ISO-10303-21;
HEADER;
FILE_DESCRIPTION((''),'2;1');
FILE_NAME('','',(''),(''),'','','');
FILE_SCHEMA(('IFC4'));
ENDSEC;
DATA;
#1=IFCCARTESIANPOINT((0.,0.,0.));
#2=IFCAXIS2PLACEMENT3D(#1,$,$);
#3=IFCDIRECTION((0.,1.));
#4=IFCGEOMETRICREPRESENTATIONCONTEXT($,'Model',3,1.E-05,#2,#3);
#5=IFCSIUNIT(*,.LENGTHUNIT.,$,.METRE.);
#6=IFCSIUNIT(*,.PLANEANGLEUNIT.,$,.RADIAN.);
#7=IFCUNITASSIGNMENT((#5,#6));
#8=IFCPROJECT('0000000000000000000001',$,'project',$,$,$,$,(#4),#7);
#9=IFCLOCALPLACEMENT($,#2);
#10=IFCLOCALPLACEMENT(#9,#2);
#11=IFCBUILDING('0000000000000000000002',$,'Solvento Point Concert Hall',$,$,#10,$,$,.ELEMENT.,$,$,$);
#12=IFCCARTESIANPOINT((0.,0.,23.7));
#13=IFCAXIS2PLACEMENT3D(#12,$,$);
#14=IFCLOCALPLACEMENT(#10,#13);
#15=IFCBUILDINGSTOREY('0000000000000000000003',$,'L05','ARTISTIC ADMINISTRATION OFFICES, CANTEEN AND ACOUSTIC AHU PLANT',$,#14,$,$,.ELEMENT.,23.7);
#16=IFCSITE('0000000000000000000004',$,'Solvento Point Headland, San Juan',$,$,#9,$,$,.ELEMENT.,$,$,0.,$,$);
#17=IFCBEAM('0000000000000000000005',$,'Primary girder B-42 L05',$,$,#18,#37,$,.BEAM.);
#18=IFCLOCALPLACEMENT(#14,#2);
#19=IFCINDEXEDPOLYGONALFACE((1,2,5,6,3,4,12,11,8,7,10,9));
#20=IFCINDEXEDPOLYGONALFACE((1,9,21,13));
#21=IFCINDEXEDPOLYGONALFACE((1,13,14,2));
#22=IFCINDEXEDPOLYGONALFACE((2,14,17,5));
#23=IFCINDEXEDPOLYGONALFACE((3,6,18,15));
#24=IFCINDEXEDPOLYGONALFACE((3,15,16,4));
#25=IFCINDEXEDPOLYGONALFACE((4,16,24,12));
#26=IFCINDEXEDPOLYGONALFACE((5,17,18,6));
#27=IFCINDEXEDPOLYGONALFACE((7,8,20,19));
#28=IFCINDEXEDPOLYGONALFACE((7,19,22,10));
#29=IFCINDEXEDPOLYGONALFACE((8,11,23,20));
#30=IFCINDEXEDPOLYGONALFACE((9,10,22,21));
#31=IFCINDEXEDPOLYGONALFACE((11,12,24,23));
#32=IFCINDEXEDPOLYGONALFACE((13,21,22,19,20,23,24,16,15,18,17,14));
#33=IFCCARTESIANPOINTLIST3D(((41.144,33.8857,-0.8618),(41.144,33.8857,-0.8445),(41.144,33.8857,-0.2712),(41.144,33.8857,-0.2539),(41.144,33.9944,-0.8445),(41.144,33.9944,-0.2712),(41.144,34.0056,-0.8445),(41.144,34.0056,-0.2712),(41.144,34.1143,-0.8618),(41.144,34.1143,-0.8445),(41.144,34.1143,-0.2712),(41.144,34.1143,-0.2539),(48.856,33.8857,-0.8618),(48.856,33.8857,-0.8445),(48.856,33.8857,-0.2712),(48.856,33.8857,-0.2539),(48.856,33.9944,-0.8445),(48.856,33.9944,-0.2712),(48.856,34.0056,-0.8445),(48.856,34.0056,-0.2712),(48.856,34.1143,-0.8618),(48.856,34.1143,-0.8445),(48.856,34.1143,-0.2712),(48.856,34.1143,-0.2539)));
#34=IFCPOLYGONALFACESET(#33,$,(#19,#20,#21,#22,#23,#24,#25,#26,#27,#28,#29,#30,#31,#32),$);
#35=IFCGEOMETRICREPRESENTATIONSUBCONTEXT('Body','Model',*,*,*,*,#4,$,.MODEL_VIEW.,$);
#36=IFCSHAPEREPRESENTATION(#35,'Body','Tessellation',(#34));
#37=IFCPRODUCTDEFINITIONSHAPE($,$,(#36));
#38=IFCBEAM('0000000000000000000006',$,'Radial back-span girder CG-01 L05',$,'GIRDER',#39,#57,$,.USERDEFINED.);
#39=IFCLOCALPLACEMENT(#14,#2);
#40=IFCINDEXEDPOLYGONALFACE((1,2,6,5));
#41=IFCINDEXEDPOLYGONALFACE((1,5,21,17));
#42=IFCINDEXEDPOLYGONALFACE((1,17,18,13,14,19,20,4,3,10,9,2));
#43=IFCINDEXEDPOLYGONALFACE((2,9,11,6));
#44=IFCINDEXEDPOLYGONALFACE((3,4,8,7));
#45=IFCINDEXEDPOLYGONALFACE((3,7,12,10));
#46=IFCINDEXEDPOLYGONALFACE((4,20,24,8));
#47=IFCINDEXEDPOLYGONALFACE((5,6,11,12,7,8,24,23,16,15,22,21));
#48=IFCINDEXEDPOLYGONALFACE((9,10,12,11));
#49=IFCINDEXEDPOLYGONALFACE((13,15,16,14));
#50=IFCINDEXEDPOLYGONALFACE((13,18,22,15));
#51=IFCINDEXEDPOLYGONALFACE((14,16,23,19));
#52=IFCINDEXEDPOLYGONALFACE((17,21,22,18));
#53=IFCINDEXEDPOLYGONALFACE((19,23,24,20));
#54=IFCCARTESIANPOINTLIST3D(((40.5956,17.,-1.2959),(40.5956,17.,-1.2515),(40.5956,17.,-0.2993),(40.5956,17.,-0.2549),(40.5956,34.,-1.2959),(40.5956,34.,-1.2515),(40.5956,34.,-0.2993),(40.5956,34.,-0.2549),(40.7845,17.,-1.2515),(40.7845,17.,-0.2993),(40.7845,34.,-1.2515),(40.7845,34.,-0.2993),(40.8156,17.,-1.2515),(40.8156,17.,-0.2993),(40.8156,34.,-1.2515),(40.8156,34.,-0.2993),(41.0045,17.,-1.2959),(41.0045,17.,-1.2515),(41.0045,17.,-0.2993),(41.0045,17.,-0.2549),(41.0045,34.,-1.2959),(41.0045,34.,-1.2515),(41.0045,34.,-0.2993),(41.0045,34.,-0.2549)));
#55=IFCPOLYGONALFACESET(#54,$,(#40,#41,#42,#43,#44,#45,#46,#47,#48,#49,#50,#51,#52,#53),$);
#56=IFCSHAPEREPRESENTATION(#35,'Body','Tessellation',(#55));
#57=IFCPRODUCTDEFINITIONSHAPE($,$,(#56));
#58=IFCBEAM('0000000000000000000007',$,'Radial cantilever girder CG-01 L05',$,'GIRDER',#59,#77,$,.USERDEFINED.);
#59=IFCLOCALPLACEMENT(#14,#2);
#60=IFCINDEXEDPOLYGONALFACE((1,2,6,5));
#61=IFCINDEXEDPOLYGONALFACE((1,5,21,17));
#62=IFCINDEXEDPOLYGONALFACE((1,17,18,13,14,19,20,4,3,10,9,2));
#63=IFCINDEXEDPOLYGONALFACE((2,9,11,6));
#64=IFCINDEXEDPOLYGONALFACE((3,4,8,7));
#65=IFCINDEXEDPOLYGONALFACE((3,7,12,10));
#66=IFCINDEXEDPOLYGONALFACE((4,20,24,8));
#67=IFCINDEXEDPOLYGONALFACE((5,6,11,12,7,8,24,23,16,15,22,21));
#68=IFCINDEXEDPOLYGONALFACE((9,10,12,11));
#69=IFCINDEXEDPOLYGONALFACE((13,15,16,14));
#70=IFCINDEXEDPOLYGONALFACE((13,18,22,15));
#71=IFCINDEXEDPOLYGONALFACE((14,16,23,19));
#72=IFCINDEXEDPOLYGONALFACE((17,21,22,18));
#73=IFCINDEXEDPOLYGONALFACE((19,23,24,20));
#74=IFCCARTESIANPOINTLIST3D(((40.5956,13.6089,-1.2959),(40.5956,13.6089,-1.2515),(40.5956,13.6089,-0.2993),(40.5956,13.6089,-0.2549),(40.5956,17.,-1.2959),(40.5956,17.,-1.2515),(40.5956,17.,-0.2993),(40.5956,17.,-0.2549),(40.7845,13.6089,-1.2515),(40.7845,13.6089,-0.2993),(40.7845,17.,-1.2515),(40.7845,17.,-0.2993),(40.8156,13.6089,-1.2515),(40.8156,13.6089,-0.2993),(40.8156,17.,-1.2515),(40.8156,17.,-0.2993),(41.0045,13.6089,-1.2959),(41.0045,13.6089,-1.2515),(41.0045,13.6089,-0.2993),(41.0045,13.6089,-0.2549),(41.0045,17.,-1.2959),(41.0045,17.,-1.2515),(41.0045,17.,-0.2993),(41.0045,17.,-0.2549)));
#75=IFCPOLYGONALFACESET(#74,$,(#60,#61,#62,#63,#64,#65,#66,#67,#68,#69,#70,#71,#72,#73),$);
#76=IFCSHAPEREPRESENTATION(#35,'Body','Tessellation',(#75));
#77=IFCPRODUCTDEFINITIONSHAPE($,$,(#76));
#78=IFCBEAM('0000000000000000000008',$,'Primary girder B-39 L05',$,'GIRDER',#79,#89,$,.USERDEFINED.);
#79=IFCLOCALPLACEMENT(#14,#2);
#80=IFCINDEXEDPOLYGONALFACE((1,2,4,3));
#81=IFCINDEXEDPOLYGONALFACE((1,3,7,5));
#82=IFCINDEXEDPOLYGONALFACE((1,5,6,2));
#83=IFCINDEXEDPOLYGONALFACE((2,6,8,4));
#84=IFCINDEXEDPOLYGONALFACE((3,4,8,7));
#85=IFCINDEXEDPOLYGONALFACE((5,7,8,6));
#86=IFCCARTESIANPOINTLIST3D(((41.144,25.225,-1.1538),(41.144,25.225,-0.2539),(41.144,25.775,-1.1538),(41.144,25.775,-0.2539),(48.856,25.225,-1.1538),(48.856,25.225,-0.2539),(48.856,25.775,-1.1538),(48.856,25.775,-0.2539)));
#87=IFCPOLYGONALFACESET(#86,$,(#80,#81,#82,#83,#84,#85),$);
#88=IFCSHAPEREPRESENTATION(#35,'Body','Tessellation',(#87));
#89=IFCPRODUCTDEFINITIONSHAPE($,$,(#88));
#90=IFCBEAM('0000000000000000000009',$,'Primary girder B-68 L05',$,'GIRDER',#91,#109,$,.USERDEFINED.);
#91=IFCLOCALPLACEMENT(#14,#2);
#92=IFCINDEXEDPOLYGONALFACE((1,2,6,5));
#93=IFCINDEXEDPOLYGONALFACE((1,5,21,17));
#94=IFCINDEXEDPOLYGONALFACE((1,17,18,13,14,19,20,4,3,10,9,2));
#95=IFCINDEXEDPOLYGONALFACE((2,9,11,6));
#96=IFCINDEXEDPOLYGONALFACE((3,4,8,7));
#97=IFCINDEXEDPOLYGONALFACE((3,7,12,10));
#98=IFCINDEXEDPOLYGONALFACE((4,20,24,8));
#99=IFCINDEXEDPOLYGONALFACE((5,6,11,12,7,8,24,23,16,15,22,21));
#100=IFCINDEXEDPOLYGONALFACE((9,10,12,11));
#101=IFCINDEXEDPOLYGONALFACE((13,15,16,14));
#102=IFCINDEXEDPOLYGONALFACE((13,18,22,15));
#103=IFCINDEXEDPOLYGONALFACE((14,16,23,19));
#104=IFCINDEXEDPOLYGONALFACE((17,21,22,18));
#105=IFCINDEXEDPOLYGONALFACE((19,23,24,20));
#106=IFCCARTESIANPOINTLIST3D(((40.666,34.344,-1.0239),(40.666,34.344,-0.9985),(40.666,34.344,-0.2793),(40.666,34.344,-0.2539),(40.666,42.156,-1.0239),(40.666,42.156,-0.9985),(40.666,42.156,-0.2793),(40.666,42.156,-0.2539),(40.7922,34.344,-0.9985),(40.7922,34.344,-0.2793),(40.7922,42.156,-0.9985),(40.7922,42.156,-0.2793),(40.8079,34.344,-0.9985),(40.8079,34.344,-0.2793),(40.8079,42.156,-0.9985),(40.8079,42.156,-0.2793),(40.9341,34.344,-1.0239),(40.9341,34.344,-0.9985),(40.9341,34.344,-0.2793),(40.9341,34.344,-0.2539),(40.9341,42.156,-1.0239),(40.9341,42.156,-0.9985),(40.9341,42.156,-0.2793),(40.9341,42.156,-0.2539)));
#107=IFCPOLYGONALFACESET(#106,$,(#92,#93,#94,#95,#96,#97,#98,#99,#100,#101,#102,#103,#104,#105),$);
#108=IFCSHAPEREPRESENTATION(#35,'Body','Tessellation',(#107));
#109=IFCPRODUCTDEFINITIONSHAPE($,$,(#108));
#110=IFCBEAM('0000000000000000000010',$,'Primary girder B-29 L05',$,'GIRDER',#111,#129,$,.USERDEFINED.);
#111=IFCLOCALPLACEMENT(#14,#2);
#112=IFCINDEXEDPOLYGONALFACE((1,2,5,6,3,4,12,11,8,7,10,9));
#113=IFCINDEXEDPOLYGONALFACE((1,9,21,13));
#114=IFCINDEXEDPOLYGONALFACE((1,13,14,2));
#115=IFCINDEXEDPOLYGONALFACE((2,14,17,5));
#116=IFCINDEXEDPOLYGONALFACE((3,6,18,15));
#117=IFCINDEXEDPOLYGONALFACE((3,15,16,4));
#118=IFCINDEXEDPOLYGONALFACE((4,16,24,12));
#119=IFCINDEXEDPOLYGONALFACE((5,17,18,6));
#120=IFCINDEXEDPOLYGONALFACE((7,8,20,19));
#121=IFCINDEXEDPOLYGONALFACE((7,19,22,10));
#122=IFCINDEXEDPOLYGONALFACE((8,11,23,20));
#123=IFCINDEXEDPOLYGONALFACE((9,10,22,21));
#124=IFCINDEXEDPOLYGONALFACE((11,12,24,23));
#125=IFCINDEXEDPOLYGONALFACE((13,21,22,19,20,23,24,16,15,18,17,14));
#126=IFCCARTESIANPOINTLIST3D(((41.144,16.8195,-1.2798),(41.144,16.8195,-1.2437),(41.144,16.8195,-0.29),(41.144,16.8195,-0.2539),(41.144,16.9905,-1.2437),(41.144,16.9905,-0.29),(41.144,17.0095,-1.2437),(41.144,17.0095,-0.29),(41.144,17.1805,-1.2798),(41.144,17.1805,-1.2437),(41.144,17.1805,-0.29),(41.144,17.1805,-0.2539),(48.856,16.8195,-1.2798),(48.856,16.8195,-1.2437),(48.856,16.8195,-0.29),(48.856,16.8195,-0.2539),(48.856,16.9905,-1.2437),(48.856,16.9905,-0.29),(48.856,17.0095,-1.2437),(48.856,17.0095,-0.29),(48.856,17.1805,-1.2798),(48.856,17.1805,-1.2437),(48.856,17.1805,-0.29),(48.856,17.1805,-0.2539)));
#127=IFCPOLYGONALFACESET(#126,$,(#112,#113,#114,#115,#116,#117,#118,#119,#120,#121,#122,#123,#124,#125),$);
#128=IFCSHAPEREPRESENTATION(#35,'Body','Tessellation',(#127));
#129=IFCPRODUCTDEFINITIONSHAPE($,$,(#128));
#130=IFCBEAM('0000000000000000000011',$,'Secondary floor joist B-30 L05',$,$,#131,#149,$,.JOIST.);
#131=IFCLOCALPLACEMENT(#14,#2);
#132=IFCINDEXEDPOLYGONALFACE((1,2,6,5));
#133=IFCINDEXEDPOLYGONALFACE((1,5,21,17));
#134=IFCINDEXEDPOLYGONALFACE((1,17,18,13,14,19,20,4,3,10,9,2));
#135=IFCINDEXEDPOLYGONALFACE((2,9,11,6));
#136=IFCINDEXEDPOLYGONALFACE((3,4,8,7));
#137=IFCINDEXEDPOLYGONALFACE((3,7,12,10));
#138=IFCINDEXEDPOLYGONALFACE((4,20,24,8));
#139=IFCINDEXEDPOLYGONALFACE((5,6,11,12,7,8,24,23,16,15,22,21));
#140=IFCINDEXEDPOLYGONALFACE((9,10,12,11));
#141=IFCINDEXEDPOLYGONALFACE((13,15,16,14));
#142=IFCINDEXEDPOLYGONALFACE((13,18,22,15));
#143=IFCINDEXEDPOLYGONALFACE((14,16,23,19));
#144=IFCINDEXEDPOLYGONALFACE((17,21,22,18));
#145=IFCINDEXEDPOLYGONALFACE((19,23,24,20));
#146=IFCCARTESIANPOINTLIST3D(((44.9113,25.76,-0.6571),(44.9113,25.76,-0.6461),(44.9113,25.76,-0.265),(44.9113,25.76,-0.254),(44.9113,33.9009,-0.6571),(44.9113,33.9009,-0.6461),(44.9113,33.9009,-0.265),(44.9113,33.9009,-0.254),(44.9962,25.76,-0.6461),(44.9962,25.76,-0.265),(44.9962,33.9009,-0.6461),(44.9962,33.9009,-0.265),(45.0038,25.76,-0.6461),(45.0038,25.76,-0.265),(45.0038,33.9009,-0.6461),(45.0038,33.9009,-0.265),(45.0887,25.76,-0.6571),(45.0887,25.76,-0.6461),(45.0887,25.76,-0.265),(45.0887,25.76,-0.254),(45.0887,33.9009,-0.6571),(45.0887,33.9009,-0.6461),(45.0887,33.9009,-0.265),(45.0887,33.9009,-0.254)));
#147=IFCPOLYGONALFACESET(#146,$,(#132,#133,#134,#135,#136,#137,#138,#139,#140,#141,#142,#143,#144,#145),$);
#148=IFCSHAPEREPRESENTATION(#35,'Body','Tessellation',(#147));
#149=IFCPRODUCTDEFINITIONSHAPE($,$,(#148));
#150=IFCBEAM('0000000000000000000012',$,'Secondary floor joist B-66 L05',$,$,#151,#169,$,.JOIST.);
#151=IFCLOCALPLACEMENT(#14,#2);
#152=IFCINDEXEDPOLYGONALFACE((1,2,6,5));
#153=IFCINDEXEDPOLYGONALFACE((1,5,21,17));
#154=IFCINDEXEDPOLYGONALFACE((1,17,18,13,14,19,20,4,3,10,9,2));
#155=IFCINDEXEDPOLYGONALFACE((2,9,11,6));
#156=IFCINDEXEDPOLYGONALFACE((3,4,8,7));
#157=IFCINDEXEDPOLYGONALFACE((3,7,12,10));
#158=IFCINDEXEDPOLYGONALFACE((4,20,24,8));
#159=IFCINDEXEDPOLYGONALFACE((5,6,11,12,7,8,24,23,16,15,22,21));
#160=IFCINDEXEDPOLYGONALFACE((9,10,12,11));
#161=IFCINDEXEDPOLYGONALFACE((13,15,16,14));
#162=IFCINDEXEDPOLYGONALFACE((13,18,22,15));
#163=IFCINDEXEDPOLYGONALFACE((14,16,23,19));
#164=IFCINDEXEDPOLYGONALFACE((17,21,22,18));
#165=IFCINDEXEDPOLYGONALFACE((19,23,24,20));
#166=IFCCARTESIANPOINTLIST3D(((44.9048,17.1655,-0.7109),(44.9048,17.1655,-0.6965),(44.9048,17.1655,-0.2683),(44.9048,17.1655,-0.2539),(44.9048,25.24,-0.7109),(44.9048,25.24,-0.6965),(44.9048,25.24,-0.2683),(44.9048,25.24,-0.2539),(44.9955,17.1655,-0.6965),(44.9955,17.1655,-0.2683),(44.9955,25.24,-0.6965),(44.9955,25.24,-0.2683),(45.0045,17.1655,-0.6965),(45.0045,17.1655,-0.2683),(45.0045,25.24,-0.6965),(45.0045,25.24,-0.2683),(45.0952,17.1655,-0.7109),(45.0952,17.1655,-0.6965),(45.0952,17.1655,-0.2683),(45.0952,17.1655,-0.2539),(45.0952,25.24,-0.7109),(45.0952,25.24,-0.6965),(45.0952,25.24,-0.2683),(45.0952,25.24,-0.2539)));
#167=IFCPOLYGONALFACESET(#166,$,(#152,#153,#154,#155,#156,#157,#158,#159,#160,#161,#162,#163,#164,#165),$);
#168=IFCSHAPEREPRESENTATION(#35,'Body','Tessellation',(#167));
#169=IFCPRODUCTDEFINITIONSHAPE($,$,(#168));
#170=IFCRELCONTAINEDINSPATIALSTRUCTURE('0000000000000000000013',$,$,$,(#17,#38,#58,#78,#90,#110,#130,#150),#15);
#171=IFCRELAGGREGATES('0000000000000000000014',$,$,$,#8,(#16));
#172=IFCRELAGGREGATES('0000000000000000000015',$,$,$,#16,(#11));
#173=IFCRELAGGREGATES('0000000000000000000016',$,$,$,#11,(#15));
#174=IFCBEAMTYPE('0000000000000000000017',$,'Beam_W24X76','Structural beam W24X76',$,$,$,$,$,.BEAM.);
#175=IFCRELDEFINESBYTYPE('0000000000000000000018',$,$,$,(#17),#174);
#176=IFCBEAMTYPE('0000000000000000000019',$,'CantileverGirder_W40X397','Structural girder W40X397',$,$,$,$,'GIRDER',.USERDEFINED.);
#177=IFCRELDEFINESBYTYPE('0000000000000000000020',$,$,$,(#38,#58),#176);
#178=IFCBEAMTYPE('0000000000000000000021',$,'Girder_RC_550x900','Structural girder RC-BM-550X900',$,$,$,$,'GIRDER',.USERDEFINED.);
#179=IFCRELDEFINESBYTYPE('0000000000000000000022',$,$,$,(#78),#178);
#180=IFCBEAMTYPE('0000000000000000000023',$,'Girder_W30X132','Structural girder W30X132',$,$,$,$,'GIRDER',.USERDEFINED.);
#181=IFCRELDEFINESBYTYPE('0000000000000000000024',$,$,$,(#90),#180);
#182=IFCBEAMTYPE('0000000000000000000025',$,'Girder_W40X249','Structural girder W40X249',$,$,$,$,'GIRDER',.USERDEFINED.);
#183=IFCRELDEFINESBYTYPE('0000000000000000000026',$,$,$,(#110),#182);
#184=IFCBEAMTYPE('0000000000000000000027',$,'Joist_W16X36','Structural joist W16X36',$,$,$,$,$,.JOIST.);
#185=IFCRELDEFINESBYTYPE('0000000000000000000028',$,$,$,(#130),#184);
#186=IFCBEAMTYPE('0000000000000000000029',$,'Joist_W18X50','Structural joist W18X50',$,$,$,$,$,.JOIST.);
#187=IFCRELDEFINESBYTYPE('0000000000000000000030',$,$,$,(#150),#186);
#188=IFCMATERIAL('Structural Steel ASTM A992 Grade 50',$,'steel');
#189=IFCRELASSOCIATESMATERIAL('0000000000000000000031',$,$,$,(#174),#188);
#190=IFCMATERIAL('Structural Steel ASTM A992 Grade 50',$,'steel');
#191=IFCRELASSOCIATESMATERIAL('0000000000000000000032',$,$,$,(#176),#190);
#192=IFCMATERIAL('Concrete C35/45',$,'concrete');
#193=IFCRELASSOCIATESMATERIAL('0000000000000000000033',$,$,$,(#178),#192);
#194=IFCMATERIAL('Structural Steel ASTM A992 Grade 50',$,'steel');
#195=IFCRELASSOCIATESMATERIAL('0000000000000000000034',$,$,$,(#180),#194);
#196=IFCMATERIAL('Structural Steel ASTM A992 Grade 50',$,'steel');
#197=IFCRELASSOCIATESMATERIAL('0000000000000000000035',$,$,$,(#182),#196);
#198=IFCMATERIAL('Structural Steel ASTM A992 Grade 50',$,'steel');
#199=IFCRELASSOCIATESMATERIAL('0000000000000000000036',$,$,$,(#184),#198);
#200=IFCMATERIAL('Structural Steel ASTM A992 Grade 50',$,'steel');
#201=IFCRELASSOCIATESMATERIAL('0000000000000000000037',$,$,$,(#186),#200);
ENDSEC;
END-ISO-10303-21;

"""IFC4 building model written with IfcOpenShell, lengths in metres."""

from ifc_helpers import new_model, si_unit, direction, frame, origin, origin_2d, place, context, subcontext, project, spatial, rectangle, i_section, extrude, material, material_profile, profile_set, type_object, element, save


model = new_model("IFC4")

# Units and contexts
model_context = context("Model", 3, precision=1e-05, world=origin(), true_north=direction((0.0, 1.0)))
body_context = subcontext(model_context, "Body", "Model", "MODEL_VIEW")
ifc_project = project(units=[si_unit("LENGTHUNIT", "METRE"), si_unit("PLANEANGLEUNIT", "RADIAN")], contexts=[model_context])

# Site, building, storey
site_placement = place(None, origin())
site = spatial("IfcSite", under=ifc_project, at=site_placement, Name="Solvento Point Headland, San Juan", CompositionType="ELEMENT", RefElevation=0.0)
building_placement = place(site_placement, origin())
building = spatial("IfcBuilding", under=site, at=building_placement, Name="Solvento Point Concert Hall", CompositionType="ELEMENT")
storey_placement = place(building_placement, frame((0.0, 0.0, 23.7)))
storey = spatial("IfcBuildingStorey", under=building, at=storey_placement, Name="L05", Description="ARTISTIC ADMINISTRATION OFFICES, CANTEEN AND ACOUSTIC AHU PLANT", CompositionType="ELEMENT", Elevation=23.7)

# Beams
ifc_material_1 = material(Name="Structural Steel ASTM A992 Grade 50", Category="steel")
ifc_material_profile_1 = material_profile(ifc_material_1, i_section(OverallWidth=0.2285, OverallDepth=0.6079, WebThickness=0.0112, FlangeThickness=0.0173, at=origin_2d()), Name="W24X76")
ifc_profile_set_1 = profile_set([ifc_material_profile_1], Name="Structural Steel ASTM A992 Grade 50")
beam_type_1 = type_object("IfcBeamType", Name="Beam_W24X76", Description="Structural beam W24X76", PredefinedType="BEAM", material=ifc_profile_set_1)
beam_1_placement = place(storey_placement, frame((41.144, 34.0, -0.5579), z_axis=(1.0, 0.0, 0.0), x_axis=(0.0, 1.0, 0.0)))
element("IfcBeam", 1, at=beam_1_placement, inside=storey, type_object=beam_type_1, Name="Primary girder B-42 L05", PredefinedType="BEAM", context=body_context, shape_type="SweptSolid", body=[
    extrude(i_section(OverallWidth=0.2285, OverallDepth=0.6079, WebThickness=0.0112, FlangeThickness=0.0173, at=origin_2d()), origin(), (0.0, 0.0, 1.0), 7.7119),
])
ifc_material_2 = material(Name="Structural Steel ASTM A992 Grade 50", Category="steel")
ifc_material_profile_2 = material_profile(ifc_material_2, i_section(OverallWidth=0.4089, OverallDepth=1.041, WebThickness=0.031, FlangeThickness=0.0444, at=origin_2d()), Name="W40X397")
ifc_profile_set_2 = profile_set([ifc_material_profile_2], Name="Structural Steel ASTM A992 Grade 50")
beam_type_2 = type_object("IfcBeamType", Name="CantileverGirder_W40X397", Description="Structural girder W40X397", ElementType="GIRDER", PredefinedType="USERDEFINED", material=ifc_profile_set_2)
beam_2_placement = place(storey_placement, frame((40.8, 34.0, -0.7754), z_axis=(0.0, -1.0, 0.0), x_axis=(1.0, 0.0, 0.0)))
element("IfcBeam", 2, at=beam_2_placement, inside=storey, type_object=beam_type_2, Name="Radial back-span girder CG-01 L05", ObjectType="GIRDER", PredefinedType="USERDEFINED", context=body_context, shape_type="SweptSolid", body=[
    extrude(i_section(OverallWidth=0.4089, OverallDepth=1.041, WebThickness=0.031, FlangeThickness=0.0444, at=origin_2d()), origin(), (0.0, 0.0, 1.0), 17.0),
])
beam_3_placement = place(storey_placement, frame((40.8, 17.0, -0.7754), z_axis=(0.0, -1.0, 0.0), x_axis=(1.0, 0.0, 0.0)))
element("IfcBeam", 3, at=beam_3_placement, inside=storey, type_object=beam_type_2, Name="Radial cantilever girder CG-01 L05", ObjectType="GIRDER", PredefinedType="USERDEFINED", context=body_context, shape_type="SweptSolid", body=[
    extrude(i_section(OverallWidth=0.4089, OverallDepth=1.041, WebThickness=0.031, FlangeThickness=0.0444, at=origin_2d()), origin(), (0.0, 0.0, 1.0), 3.3911),
])
ifc_material_3 = material(Name="Concrete C35/45", Category="concrete")
ifc_material_profile_3 = material_profile(ifc_material_3, rectangle(XDim=0.55, YDim=0.8999, at=origin_2d()), Name="RC-BM-550X900")
ifc_profile_set_3 = profile_set([ifc_material_profile_3], Name="Concrete C35/45")
beam_type_3 = type_object("IfcBeamType", Name="Girder_RC_550x900", Description="Structural girder RC-BM-550X900", ElementType="GIRDER", PredefinedType="USERDEFINED", material=ifc_profile_set_3)
beam_4_placement = place(storey_placement, frame((41.144, 25.5, -0.7039), z_axis=(1.0, 0.0, 0.0), x_axis=(0.0, 1.0, 0.0)))
element("IfcBeam", 4, at=beam_4_placement, inside=storey, type_object=beam_type_3, Name="Primary girder B-39 L05", ObjectType="GIRDER", PredefinedType="USERDEFINED", context=body_context, shape_type="SweptSolid", body=[
    extrude(rectangle(XDim=0.55, YDim=0.8999, at=origin_2d()), origin(), (0.0, 0.0, 1.0), 7.7119),
])
ifc_material_4 = material(Name="Structural Steel ASTM A992 Grade 50", Category="steel")
ifc_material_profile_4 = material_profile(ifc_material_4, i_section(OverallWidth=0.2681, OverallDepth=0.77, WebThickness=0.0156, FlangeThickness=0.0254, at=origin_2d()), Name="W30X132")
ifc_profile_set_4 = profile_set([ifc_material_profile_4], Name="Structural Steel ASTM A992 Grade 50")
beam_type_4 = type_object("IfcBeamType", Name="Girder_W30X132", Description="Structural girder W30X132", ElementType="GIRDER", PredefinedType="USERDEFINED", material=ifc_profile_set_4)
beam_5_placement = place(storey_placement, frame((40.8, 34.344, -0.6389), z_axis=(0.0, 1.0, 0.0), x_axis=(-1.0, 0.0, 0.0)))
element("IfcBeam", 5, at=beam_5_placement, inside=storey, type_object=beam_type_4, Name="Primary girder B-68 L05", ObjectType="GIRDER", PredefinedType="USERDEFINED", context=body_context, shape_type="SweptSolid", body=[
    extrude(i_section(OverallWidth=0.2681, OverallDepth=0.77, WebThickness=0.0156, FlangeThickness=0.0254, at=origin_2d()), origin(), (0.0, 0.0, 1.0), 7.812),
])
ifc_material_5 = material(Name="Structural Steel ASTM A992 Grade 50", Category="steel")
ifc_material_profile_5 = material_profile(ifc_material_5, i_section(OverallWidth=0.3611, OverallDepth=1.0259, WebThickness=0.019, FlangeThickness=0.0361, at=origin_2d()), Name="W40X249")
ifc_profile_set_5 = profile_set([ifc_material_profile_5], Name="Structural Steel ASTM A992 Grade 50")
beam_type_5 = type_object("IfcBeamType", Name="Girder_W40X249", Description="Structural girder W40X249", ElementType="GIRDER", PredefinedType="USERDEFINED", material=ifc_profile_set_5)
beam_6_placement = place(storey_placement, frame((41.144, 17.0, -0.7668), z_axis=(1.0, 0.0, 0.0), x_axis=(0.0, 1.0, 0.0)))
element("IfcBeam", 6, at=beam_6_placement, inside=storey, type_object=beam_type_5, Name="Primary girder B-29 L05", ObjectType="GIRDER", PredefinedType="USERDEFINED", context=body_context, shape_type="SweptSolid", body=[
    extrude(i_section(OverallWidth=0.3611, OverallDepth=1.0259, WebThickness=0.019, FlangeThickness=0.0361, at=origin_2d()), origin(), (0.0, 0.0, 1.0), 7.7119),
])
ifc_material_6 = material(Name="Structural Steel ASTM A992 Grade 50", Category="steel")
ifc_material_profile_6 = material_profile(ifc_material_6, i_section(OverallWidth=0.1775, OverallDepth=0.4031, WebThickness=0.0076, FlangeThickness=0.011, at=origin_2d()), Name="W16X36")
ifc_profile_set_6 = profile_set([ifc_material_profile_6], Name="Structural Steel ASTM A992 Grade 50")
beam_type_6 = type_object("IfcBeamType", Name="Joist_W16X36", Description="Structural joist W16X36", PredefinedType="JOIST", material=ifc_profile_set_6)
beam_7_placement = place(storey_placement, frame((45.0, 25.76, -0.4556), z_axis=(0.0, 1.0, 0.0), x_axis=(-1.0, 0.0, 0.0)))
element("IfcBeam", 7, at=beam_7_placement, inside=storey, type_object=beam_type_6, Name="Secondary floor joist B-30 L05", PredefinedType="JOIST", context=body_context, shape_type="SweptSolid", body=[
    extrude(i_section(OverallWidth=0.1775, OverallDepth=0.4031, WebThickness=0.0076, FlangeThickness=0.011, at=origin_2d()), origin(), (0.0, 0.0, 1.0), 8.1409),
])
ifc_material_7 = material(Name="Structural Steel ASTM A992 Grade 50", Category="steel")
ifc_material_profile_7 = material_profile(ifc_material_7, i_section(OverallWidth=0.1904, OverallDepth=0.457, WebThickness=0.009, FlangeThickness=0.0144, at=origin_2d()), Name="W18X50")
ifc_profile_set_7 = profile_set([ifc_material_profile_7], Name="Structural Steel ASTM A992 Grade 50")
beam_type_7 = type_object("IfcBeamType", Name="Joist_W18X50", Description="Structural joist W18X50", PredefinedType="JOIST", material=ifc_profile_set_7)
beam_8_placement = place(storey_placement, frame((45.0, 17.1655, -0.4824), z_axis=(0.0, 1.0, 0.0), x_axis=(-1.0, 0.0, 0.0)))
element("IfcBeam", 8, at=beam_8_placement, inside=storey, type_object=beam_type_7, Name="Secondary floor joist B-66 L05", PredefinedType="JOIST", context=body_context, shape_type="SweptSolid", body=[
    extrude(i_section(OverallWidth=0.1904, OverallDepth=0.457, WebThickness=0.009, FlangeThickness=0.0144, at=origin_2d()), origin(), (0.0, 0.0, 1.0), 8.0745),
])

save(model, "model.ifc")
